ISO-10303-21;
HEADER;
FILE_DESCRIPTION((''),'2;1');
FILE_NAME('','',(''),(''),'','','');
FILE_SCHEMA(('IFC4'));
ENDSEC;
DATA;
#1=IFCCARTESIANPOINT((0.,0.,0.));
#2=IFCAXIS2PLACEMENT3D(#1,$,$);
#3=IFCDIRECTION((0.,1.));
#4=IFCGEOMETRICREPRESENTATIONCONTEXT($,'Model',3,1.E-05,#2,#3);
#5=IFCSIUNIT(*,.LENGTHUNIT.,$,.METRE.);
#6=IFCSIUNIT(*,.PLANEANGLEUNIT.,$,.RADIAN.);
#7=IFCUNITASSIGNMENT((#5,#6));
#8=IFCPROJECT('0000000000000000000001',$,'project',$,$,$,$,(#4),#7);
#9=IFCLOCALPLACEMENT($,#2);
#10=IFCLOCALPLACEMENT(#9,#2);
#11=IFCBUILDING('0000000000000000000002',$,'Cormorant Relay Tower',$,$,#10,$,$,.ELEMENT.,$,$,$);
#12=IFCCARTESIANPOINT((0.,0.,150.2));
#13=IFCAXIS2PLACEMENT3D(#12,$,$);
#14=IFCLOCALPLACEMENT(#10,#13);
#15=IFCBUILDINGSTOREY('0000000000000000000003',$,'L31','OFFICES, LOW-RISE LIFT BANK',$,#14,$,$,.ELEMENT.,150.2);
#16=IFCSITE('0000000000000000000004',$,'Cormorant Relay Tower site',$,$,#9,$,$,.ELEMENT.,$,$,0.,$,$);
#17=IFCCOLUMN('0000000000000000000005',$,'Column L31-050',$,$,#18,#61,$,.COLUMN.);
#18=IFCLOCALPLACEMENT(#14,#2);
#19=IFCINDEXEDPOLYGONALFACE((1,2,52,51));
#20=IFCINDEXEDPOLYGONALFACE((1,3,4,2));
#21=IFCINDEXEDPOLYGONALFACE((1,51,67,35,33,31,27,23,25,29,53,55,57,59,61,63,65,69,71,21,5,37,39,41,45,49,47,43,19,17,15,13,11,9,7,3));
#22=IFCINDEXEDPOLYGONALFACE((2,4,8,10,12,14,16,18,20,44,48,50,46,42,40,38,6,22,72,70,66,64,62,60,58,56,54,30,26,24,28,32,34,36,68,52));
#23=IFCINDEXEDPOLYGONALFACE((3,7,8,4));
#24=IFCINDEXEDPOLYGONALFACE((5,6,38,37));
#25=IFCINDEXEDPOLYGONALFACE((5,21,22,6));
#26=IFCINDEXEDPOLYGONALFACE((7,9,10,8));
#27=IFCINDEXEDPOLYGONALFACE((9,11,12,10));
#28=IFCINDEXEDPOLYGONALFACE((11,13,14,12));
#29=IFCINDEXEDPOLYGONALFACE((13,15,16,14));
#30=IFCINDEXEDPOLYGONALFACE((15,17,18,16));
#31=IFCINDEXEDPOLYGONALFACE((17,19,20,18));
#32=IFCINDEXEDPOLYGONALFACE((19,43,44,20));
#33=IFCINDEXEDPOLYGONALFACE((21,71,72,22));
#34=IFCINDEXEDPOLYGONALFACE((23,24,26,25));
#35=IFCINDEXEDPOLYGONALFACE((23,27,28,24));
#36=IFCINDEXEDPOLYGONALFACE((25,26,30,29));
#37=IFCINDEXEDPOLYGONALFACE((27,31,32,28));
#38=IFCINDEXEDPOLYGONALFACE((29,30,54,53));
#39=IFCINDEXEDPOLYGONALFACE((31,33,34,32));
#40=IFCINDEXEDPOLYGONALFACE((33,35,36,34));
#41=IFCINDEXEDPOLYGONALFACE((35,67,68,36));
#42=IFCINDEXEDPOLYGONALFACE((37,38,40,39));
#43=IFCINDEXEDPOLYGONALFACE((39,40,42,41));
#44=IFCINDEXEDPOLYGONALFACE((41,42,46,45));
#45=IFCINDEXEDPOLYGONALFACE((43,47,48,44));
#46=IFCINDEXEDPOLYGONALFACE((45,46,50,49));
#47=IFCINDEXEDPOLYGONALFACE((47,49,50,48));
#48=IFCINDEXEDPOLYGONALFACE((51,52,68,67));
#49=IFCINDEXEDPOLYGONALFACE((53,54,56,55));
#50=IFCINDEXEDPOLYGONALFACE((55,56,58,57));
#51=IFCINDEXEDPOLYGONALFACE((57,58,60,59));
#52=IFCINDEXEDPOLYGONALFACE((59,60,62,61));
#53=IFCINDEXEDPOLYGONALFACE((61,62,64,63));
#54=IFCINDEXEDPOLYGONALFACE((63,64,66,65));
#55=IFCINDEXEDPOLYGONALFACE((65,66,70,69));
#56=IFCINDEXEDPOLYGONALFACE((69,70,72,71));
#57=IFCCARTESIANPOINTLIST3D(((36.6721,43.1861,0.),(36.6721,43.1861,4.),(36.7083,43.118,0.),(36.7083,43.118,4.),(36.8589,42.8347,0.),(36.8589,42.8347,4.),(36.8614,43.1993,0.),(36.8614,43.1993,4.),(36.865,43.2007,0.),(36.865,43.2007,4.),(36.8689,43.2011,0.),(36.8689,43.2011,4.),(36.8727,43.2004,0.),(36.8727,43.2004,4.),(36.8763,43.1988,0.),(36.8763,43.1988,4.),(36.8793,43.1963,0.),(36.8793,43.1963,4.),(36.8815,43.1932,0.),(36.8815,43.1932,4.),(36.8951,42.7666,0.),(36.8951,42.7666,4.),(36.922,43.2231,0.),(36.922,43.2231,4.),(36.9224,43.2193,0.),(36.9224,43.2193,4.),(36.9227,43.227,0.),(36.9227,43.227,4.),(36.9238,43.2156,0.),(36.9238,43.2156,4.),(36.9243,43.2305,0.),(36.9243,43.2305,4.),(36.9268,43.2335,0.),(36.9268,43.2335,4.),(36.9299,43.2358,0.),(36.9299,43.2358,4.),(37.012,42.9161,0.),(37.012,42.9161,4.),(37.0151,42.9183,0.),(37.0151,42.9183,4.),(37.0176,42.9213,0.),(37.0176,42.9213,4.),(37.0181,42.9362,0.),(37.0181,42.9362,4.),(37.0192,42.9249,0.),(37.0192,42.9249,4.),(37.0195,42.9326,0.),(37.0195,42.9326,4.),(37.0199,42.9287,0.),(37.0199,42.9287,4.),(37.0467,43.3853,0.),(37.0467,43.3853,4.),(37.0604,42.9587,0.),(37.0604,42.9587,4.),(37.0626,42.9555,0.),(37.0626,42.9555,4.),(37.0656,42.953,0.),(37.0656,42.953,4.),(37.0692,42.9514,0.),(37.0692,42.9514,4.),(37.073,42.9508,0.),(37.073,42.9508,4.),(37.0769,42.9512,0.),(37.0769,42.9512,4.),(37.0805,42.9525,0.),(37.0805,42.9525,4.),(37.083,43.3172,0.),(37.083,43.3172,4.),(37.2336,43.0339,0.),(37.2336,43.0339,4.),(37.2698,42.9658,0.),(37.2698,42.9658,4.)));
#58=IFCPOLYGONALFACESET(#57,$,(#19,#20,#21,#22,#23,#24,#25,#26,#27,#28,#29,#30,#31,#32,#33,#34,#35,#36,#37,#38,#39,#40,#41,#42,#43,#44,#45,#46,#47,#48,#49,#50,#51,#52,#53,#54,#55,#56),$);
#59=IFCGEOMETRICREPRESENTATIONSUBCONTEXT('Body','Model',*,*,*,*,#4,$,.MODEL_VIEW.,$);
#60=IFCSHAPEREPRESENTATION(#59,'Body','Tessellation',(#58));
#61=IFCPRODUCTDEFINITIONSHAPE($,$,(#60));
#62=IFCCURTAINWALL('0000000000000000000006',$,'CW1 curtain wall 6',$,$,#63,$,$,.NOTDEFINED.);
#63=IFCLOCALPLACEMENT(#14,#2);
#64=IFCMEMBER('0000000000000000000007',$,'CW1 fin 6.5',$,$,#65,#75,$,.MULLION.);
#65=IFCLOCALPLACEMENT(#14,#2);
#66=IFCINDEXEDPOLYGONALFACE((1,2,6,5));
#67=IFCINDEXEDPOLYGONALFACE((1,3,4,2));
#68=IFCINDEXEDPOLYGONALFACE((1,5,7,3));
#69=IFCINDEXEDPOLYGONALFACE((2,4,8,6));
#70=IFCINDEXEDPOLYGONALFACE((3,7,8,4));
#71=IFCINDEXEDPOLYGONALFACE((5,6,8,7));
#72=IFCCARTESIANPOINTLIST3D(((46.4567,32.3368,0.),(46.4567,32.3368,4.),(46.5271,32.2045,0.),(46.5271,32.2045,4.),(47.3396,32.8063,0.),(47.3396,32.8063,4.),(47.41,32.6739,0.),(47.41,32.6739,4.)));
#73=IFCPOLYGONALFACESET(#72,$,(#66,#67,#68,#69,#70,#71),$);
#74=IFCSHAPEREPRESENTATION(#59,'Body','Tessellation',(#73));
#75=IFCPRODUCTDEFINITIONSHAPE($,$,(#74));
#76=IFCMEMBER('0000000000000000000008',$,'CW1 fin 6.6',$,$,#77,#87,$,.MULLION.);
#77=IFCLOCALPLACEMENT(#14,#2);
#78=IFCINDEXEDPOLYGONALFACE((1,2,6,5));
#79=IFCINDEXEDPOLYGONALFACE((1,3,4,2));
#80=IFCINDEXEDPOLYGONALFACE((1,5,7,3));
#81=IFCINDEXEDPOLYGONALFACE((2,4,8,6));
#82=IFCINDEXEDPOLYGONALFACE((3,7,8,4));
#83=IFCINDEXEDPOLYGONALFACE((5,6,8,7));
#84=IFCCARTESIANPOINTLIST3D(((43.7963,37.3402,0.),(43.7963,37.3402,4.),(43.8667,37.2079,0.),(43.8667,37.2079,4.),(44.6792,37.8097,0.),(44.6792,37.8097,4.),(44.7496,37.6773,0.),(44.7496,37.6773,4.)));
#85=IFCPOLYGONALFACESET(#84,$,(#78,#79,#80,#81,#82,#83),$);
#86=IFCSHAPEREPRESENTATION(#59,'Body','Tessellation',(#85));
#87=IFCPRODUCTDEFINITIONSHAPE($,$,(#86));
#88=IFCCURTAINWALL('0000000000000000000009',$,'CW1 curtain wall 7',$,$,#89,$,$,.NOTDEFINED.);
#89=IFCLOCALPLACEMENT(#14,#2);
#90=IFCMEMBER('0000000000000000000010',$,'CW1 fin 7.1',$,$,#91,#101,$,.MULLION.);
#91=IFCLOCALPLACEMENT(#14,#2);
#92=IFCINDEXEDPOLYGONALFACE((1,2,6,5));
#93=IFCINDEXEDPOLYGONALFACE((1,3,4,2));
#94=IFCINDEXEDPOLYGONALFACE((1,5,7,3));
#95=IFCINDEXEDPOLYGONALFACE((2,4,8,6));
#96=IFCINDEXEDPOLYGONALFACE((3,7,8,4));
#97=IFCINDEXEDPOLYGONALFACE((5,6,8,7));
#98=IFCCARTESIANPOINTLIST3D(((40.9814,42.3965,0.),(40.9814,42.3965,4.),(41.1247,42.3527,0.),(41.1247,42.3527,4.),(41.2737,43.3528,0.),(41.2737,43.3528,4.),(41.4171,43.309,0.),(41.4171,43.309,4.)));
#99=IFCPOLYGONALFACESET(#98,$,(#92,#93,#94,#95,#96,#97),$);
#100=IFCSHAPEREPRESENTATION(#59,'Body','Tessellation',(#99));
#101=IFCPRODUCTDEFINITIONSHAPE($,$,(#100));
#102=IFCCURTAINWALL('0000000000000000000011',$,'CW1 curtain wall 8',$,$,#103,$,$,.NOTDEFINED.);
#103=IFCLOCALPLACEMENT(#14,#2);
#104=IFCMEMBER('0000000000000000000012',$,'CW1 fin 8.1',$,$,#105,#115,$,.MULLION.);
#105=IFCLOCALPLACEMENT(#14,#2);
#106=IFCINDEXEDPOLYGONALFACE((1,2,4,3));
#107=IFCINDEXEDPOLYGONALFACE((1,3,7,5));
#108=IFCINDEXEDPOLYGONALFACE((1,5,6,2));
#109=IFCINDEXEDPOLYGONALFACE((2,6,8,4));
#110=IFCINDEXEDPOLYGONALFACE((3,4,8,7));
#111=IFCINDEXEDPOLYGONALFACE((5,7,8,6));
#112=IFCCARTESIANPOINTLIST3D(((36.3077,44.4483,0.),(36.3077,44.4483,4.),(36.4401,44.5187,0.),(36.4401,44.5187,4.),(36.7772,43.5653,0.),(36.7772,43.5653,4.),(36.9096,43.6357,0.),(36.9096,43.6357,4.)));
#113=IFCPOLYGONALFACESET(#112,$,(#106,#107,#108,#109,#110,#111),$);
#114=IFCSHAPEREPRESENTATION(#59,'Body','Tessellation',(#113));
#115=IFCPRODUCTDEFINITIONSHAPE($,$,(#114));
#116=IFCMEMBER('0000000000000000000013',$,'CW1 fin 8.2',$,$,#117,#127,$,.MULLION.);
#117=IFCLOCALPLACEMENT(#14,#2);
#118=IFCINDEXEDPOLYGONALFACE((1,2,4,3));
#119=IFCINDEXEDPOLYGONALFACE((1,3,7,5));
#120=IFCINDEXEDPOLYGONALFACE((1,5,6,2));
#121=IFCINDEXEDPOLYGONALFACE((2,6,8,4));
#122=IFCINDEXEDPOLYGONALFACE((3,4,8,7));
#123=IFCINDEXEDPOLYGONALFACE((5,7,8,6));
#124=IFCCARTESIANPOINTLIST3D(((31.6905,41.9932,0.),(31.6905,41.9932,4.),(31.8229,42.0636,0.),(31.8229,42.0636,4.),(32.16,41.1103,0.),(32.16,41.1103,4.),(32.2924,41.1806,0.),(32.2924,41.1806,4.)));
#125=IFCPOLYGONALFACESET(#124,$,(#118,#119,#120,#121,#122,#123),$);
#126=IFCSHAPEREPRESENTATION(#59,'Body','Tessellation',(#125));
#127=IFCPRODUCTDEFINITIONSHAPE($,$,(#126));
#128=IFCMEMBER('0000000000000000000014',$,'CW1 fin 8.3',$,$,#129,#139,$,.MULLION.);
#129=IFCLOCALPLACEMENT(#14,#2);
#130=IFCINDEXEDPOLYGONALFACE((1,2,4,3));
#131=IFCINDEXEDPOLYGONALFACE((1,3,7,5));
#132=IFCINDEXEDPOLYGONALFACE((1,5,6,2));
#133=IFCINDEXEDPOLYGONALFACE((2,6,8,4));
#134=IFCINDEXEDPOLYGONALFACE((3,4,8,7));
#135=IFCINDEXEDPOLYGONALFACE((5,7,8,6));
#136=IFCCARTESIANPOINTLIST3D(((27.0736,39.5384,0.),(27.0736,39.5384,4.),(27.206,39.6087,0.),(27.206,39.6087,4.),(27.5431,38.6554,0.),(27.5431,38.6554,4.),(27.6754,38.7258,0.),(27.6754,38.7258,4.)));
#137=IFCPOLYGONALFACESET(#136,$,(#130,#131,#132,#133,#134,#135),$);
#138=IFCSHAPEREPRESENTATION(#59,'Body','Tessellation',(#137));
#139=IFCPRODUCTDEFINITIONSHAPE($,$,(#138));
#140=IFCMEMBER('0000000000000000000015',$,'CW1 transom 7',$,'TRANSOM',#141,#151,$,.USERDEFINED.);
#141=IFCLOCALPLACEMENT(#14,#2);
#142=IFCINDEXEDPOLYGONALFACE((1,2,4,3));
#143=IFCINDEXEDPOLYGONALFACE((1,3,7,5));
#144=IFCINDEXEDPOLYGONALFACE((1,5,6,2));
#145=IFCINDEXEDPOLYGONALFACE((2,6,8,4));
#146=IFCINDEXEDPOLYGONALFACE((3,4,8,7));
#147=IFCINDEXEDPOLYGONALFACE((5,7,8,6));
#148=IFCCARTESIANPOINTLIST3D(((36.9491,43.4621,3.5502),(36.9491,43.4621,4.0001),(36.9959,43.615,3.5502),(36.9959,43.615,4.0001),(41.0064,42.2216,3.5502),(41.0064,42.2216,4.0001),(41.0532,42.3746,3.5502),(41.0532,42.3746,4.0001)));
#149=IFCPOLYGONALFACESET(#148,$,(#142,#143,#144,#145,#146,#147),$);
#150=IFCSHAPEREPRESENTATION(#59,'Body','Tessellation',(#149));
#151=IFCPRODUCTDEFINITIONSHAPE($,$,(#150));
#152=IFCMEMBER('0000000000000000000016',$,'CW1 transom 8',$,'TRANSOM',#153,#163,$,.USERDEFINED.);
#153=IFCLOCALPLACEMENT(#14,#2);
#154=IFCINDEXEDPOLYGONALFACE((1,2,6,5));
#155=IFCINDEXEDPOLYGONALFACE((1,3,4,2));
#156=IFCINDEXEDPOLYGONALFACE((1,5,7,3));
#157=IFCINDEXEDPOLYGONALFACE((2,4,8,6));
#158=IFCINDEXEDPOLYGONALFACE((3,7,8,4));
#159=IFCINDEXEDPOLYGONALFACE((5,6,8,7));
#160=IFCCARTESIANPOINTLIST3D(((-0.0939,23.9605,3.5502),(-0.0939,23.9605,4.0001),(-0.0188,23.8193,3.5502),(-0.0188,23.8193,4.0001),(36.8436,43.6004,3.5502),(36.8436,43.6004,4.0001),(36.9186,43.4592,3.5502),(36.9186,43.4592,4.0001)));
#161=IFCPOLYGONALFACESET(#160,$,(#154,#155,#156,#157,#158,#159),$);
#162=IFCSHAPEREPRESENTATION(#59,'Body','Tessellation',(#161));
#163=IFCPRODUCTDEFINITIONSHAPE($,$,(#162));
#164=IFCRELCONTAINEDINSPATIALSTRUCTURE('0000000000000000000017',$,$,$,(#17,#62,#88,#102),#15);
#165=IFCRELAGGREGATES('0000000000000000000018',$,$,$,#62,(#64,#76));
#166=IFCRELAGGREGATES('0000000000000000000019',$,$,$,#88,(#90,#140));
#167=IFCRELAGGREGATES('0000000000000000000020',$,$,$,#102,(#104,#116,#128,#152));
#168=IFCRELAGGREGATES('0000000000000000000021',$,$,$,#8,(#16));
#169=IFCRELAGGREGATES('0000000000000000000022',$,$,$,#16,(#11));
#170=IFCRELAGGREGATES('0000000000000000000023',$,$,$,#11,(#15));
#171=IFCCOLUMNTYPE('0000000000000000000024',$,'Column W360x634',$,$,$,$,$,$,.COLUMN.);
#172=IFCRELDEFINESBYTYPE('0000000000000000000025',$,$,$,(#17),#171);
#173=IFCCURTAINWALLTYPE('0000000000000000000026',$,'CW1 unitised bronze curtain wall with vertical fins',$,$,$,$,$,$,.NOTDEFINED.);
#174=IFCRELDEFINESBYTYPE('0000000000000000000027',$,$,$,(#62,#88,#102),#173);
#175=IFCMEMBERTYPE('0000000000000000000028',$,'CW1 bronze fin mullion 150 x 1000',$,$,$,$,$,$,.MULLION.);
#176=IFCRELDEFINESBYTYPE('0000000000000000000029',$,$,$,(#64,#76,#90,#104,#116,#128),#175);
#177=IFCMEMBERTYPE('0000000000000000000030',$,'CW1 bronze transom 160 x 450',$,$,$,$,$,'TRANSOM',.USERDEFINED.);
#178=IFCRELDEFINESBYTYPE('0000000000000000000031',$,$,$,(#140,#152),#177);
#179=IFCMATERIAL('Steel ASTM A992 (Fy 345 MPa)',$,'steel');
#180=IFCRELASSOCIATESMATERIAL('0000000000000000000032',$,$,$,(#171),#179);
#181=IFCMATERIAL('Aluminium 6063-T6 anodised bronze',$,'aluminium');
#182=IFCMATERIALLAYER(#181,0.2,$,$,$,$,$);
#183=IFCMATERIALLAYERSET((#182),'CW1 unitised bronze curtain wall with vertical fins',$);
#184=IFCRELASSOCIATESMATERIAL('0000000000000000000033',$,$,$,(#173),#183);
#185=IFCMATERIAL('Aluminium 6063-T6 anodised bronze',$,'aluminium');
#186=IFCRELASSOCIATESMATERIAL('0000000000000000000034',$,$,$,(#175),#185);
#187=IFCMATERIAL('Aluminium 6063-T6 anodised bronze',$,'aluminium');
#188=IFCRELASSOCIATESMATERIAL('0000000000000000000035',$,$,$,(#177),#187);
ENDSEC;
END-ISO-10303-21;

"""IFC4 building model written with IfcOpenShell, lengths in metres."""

from ifc_helpers import new_model, si_unit, direction, frame, origin, origin_2d, place, context, subcontext, project, spatial, rectangle, i_section, extrude, material, layer, layer_set, material_profile, profile_set, type_object, element, aggregate, save


model = new_model("IFC4")

# Units and contexts
model_context = context("Model", 3, precision=1e-05, world=origin(), true_north=direction((0.0, 1.0)))
body_context = subcontext(model_context, "Body", "Model", "MODEL_VIEW")
ifc_project = project(units=[si_unit("LENGTHUNIT", "METRE"), si_unit("PLANEANGLEUNIT", "RADIAN")], contexts=[model_context])

# Site, building, storey
site_placement = place(None, origin())
site = spatial("IfcSite", under=ifc_project, at=site_placement, Name="Cormorant Relay Tower site", CompositionType="ELEMENT", RefElevation=0.0)
building_placement = place(site_placement, origin())
building = spatial("IfcBuilding", under=site, at=building_placement, Name="Cormorant Relay Tower", CompositionType="ELEMENT")
storey_placement = place(building_placement, frame((0.0, 0.0, 150.2)))
storey = spatial("IfcBuildingStorey", under=building, at=storey_placement, Name="L31", Description="OFFICES, LOW-RISE LIFT BANK", CompositionType="ELEMENT", Elevation=150.2)

# Column
ifc_material_1 = material(Name="Steel ASTM A992 (Fy 345 MPa)", Category="steel")
ifc_material_profile_1 = material_profile(ifc_material_1, i_section(OverallWidth=0.4243, OverallDepth=0.4751, WebThickness=0.0479, FlangeThickness=0.0771, FilletRadius=0.0149, at=origin_2d()), Name="W360x634")
ifc_profile_set_1 = profile_set([ifc_material_profile_1], Name="Steel ASTM A992 (Fy 345 MPa)")
column_type_1 = type_object("IfcColumnType", Name="Column W360x634", PredefinedType="COLUMN", material=ifc_profile_set_1)
for number, where, z_axis, x_axis, name in (
    (1, (36.9709, 43.0759, 0.0), (0.0, 0.0, 1.0), (-0.882948, -0.469472, 0.0), "Column L31-050"),
):
    element("IfcColumn", number, at=place(storey_placement, frame(where, z_axis=z_axis, x_axis=x_axis)), inside=storey, type_object=column_type_1, Name=name, PredefinedType="COLUMN", context=body_context, shape_type="SweptSolid", body=[
        extrude(i_section(OverallWidth=0.4243, OverallDepth=0.4751, WebThickness=0.0479, FlangeThickness=0.0771, FilletRadius=0.0149, at=origin_2d()), origin(), (0.0, 0.0, 1.0), 4.0),
    ])

# Curtain wall, members
ifc_material_2 = material(Name="Aluminium 6063-T6 anodised bronze", Category="aluminium")
ifc_layer_1 = layer(ifc_material_2, 0.2)
ifc_layer_set_1 = layer_set([ifc_layer_1], Name="CW1 unitised bronze curtain wall with vertical fins")
curtain_wall_type = type_object("IfcCurtainWallType", Name="CW1 unitised bronze curtain wall with vertical fins", PredefinedType="NOTDEFINED", material=ifc_layer_set_1)
curtain_wall_1_placement = place(storey_placement, origin())
curtain_wall_1 = element("IfcCurtainWall", 2, at=curtain_wall_1_placement, inside=storey, type_object=curtain_wall_type, Name="CW1 curtain wall 6", PredefinedType="NOTDEFINED")
ifc_material_3 = material(Name="Aluminium 6063-T6 anodised bronze", Category="aluminium")
ifc_material_profile_2 = material_profile(ifc_material_3, rectangle(XDim=0.1499, YDim=1.0, at=origin_2d()), Name="AL 150x1000")
ifc_profile_set_2 = profile_set([ifc_material_profile_2], Name="Aluminium 6063-T6 anodised bronze")
member_type_1 = type_object("IfcMemberType", Name="CW1 bronze fin mullion 150 x 1000", PredefinedType="MULLION", material=ifc_profile_set_2)
member_1_placement = place(storey_placement, frame((46.9333, 32.5054, 0.0), z_axis=(0.0, 0.0, 1.0), x_axis=(-0.469472, 0.882948, 0.0)))
member_1 = element("IfcMember", 3, at=member_1_placement, type_object=member_type_1, Name="CW1 fin 6.5", PredefinedType="MULLION", context=body_context, shape_type="SweptSolid", body=[
    extrude(rectangle(XDim=0.1499, YDim=1.0, at=origin_2d()), origin(), (0.0, 0.0, 1.0), 4.0),
])
member_2_placement = place(storey_placement, frame((44.2729, 37.5088, 0.0), z_axis=(0.0, 0.0, 1.0), x_axis=(-0.469472, 0.882948, 0.0)))
member_2 = element("IfcMember", 4, at=member_2_placement, type_object=member_type_1, Name="CW1 fin 6.6", PredefinedType="MULLION", context=body_context, shape_type="SweptSolid", body=[
    extrude(rectangle(XDim=0.1499, YDim=1.0, at=origin_2d()), origin(), (0.0, 0.0, 1.0), 4.0),
])

# Curtain wall, member
curtain_wall_2_placement = place(storey_placement, origin())
curtain_wall_2 = element("IfcCurtainWall", 5, at=curtain_wall_2_placement, inside=storey, type_object=curtain_wall_type, Name="CW1 curtain wall 7", PredefinedType="NOTDEFINED")
member_3_placement = place(storey_placement, frame((41.1992, 42.8528, 0.0), z_axis=(0.0, 0.0, 1.0), x_axis=(-0.956305, 0.292372, 0.0)))
member_3 = element("IfcMember", 6, at=member_3_placement, type_object=member_type_1, Name="CW1 fin 7.1", PredefinedType="MULLION", context=body_context, shape_type="SweptSolid", body=[
    extrude(rectangle(XDim=0.1499, YDim=1.0, at=origin_2d()), origin(), (0.0, 0.0, 1.0), 4.0),
])

# Curtain wall, members
curtain_wall_3_placement = place(storey_placement, origin())
curtain_wall_3 = element("IfcCurtainWall", 7, at=curtain_wall_3_placement, inside=storey, type_object=curtain_wall_type, Name="CW1 curtain wall 8", PredefinedType="NOTDEFINED")
member_4_placement = place(storey_placement, frame((36.6086, 44.042, 0.0), z_axis=(0.0, 0.0, 1.0), x_axis=(-0.882948, -0.469472, 0.0)))
member_4 = element("IfcMember", 8, at=member_4_placement, type_object=member_type_1, Name="CW1 fin 8.1", PredefinedType="MULLION", context=body_context, shape_type="SweptSolid", body=[
    extrude(rectangle(XDim=0.1499, YDim=1.0, at=origin_2d()), origin(), (0.0, 0.0, 1.0), 4.0),
])
member_5_placement = place(storey_placement, frame((31.9915, 41.5869, 0.0), z_axis=(0.0, 0.0, 1.0), x_axis=(-0.882948, -0.469472, 0.0)))
member_5 = element("IfcMember", 9, at=member_5_placement, type_object=member_type_1, Name="CW1 fin 8.2", PredefinedType="MULLION", context=body_context, shape_type="SweptSolid", body=[
    extrude(rectangle(XDim=0.1499, YDim=1.0, at=origin_2d()), origin(), (0.0, 0.0, 1.0), 4.0),
])
member_6_placement = place(storey_placement, frame((27.3745, 39.1321, 0.0), z_axis=(0.0, 0.0, 1.0), x_axis=(-0.882948, -0.469472, 0.0)))
member_6 = element("IfcMember", 10, at=member_6_placement, type_object=member_type_1, Name="CW1 fin 8.3", PredefinedType="MULLION", context=body_context, shape_type="SweptSolid", body=[
    extrude(rectangle(XDim=0.1499, YDim=1.0, at=origin_2d()), origin(), (0.0, 0.0, 1.0), 4.0),
])

# Members
ifc_material_4 = material(Name="Aluminium 6063-T6 anodised bronze", Category="aluminium")
ifc_material_profile_3 = material_profile(ifc_material_4, rectangle(XDim=0.1599, YDim=0.45, at=origin_2d()), Name="AL 160x450")
ifc_profile_set_3 = profile_set([ifc_material_profile_3], Name="Aluminium 6063-T6 anodised bronze")
member_type_2 = type_object("IfcMemberType", Name="CW1 bronze transom 160 x 450", ElementType="TRANSOM", PredefinedType="USERDEFINED", material=ifc_profile_set_3)
member_7_placement = place(storey_placement, frame((41.0298, 42.2981, 3.7751), z_axis=(-0.956304, 0.292375, 0.0), x_axis=(-0.292375, -0.956304, 0.0)))
member_7 = element("IfcMember", 11, at=member_7_placement, type_object=member_type_2, Name="CW1 transom 7", ObjectType="TRANSOM", PredefinedType="USERDEFINED", context=body_context, shape_type="SweptSolid", body=[
    extrude(rectangle(XDim=0.1599, YDim=0.45, at=origin_2d()), origin(), (0.0, 0.0, 1.0), 4.2427),
])
member_8_placement = place(storey_placement, frame((36.8811, 43.5298, 3.7751), z_axis=(-0.882949, -0.469469, 0.0), x_axis=(0.469469, -0.882949, 0.0)))
member_8 = element("IfcMember", 12, at=member_8_placement, type_object=member_type_2, Name="CW1 transom 8", ObjectType="TRANSOM", PredefinedType="USERDEFINED", context=body_context, shape_type="SweptSolid", body=[
    extrude(rectangle(XDim=0.1599, YDim=0.45, at=origin_2d()), origin(), (0.0, 0.0, 1.0), 41.8342),
])

aggregate(curtain_wall_1, [member_1, member_2])
aggregate(curtain_wall_2, [member_3, member_7])
aggregate(curtain_wall_3, [member_4, member_5, member_6, member_8])

save(model, "model.ifc")
